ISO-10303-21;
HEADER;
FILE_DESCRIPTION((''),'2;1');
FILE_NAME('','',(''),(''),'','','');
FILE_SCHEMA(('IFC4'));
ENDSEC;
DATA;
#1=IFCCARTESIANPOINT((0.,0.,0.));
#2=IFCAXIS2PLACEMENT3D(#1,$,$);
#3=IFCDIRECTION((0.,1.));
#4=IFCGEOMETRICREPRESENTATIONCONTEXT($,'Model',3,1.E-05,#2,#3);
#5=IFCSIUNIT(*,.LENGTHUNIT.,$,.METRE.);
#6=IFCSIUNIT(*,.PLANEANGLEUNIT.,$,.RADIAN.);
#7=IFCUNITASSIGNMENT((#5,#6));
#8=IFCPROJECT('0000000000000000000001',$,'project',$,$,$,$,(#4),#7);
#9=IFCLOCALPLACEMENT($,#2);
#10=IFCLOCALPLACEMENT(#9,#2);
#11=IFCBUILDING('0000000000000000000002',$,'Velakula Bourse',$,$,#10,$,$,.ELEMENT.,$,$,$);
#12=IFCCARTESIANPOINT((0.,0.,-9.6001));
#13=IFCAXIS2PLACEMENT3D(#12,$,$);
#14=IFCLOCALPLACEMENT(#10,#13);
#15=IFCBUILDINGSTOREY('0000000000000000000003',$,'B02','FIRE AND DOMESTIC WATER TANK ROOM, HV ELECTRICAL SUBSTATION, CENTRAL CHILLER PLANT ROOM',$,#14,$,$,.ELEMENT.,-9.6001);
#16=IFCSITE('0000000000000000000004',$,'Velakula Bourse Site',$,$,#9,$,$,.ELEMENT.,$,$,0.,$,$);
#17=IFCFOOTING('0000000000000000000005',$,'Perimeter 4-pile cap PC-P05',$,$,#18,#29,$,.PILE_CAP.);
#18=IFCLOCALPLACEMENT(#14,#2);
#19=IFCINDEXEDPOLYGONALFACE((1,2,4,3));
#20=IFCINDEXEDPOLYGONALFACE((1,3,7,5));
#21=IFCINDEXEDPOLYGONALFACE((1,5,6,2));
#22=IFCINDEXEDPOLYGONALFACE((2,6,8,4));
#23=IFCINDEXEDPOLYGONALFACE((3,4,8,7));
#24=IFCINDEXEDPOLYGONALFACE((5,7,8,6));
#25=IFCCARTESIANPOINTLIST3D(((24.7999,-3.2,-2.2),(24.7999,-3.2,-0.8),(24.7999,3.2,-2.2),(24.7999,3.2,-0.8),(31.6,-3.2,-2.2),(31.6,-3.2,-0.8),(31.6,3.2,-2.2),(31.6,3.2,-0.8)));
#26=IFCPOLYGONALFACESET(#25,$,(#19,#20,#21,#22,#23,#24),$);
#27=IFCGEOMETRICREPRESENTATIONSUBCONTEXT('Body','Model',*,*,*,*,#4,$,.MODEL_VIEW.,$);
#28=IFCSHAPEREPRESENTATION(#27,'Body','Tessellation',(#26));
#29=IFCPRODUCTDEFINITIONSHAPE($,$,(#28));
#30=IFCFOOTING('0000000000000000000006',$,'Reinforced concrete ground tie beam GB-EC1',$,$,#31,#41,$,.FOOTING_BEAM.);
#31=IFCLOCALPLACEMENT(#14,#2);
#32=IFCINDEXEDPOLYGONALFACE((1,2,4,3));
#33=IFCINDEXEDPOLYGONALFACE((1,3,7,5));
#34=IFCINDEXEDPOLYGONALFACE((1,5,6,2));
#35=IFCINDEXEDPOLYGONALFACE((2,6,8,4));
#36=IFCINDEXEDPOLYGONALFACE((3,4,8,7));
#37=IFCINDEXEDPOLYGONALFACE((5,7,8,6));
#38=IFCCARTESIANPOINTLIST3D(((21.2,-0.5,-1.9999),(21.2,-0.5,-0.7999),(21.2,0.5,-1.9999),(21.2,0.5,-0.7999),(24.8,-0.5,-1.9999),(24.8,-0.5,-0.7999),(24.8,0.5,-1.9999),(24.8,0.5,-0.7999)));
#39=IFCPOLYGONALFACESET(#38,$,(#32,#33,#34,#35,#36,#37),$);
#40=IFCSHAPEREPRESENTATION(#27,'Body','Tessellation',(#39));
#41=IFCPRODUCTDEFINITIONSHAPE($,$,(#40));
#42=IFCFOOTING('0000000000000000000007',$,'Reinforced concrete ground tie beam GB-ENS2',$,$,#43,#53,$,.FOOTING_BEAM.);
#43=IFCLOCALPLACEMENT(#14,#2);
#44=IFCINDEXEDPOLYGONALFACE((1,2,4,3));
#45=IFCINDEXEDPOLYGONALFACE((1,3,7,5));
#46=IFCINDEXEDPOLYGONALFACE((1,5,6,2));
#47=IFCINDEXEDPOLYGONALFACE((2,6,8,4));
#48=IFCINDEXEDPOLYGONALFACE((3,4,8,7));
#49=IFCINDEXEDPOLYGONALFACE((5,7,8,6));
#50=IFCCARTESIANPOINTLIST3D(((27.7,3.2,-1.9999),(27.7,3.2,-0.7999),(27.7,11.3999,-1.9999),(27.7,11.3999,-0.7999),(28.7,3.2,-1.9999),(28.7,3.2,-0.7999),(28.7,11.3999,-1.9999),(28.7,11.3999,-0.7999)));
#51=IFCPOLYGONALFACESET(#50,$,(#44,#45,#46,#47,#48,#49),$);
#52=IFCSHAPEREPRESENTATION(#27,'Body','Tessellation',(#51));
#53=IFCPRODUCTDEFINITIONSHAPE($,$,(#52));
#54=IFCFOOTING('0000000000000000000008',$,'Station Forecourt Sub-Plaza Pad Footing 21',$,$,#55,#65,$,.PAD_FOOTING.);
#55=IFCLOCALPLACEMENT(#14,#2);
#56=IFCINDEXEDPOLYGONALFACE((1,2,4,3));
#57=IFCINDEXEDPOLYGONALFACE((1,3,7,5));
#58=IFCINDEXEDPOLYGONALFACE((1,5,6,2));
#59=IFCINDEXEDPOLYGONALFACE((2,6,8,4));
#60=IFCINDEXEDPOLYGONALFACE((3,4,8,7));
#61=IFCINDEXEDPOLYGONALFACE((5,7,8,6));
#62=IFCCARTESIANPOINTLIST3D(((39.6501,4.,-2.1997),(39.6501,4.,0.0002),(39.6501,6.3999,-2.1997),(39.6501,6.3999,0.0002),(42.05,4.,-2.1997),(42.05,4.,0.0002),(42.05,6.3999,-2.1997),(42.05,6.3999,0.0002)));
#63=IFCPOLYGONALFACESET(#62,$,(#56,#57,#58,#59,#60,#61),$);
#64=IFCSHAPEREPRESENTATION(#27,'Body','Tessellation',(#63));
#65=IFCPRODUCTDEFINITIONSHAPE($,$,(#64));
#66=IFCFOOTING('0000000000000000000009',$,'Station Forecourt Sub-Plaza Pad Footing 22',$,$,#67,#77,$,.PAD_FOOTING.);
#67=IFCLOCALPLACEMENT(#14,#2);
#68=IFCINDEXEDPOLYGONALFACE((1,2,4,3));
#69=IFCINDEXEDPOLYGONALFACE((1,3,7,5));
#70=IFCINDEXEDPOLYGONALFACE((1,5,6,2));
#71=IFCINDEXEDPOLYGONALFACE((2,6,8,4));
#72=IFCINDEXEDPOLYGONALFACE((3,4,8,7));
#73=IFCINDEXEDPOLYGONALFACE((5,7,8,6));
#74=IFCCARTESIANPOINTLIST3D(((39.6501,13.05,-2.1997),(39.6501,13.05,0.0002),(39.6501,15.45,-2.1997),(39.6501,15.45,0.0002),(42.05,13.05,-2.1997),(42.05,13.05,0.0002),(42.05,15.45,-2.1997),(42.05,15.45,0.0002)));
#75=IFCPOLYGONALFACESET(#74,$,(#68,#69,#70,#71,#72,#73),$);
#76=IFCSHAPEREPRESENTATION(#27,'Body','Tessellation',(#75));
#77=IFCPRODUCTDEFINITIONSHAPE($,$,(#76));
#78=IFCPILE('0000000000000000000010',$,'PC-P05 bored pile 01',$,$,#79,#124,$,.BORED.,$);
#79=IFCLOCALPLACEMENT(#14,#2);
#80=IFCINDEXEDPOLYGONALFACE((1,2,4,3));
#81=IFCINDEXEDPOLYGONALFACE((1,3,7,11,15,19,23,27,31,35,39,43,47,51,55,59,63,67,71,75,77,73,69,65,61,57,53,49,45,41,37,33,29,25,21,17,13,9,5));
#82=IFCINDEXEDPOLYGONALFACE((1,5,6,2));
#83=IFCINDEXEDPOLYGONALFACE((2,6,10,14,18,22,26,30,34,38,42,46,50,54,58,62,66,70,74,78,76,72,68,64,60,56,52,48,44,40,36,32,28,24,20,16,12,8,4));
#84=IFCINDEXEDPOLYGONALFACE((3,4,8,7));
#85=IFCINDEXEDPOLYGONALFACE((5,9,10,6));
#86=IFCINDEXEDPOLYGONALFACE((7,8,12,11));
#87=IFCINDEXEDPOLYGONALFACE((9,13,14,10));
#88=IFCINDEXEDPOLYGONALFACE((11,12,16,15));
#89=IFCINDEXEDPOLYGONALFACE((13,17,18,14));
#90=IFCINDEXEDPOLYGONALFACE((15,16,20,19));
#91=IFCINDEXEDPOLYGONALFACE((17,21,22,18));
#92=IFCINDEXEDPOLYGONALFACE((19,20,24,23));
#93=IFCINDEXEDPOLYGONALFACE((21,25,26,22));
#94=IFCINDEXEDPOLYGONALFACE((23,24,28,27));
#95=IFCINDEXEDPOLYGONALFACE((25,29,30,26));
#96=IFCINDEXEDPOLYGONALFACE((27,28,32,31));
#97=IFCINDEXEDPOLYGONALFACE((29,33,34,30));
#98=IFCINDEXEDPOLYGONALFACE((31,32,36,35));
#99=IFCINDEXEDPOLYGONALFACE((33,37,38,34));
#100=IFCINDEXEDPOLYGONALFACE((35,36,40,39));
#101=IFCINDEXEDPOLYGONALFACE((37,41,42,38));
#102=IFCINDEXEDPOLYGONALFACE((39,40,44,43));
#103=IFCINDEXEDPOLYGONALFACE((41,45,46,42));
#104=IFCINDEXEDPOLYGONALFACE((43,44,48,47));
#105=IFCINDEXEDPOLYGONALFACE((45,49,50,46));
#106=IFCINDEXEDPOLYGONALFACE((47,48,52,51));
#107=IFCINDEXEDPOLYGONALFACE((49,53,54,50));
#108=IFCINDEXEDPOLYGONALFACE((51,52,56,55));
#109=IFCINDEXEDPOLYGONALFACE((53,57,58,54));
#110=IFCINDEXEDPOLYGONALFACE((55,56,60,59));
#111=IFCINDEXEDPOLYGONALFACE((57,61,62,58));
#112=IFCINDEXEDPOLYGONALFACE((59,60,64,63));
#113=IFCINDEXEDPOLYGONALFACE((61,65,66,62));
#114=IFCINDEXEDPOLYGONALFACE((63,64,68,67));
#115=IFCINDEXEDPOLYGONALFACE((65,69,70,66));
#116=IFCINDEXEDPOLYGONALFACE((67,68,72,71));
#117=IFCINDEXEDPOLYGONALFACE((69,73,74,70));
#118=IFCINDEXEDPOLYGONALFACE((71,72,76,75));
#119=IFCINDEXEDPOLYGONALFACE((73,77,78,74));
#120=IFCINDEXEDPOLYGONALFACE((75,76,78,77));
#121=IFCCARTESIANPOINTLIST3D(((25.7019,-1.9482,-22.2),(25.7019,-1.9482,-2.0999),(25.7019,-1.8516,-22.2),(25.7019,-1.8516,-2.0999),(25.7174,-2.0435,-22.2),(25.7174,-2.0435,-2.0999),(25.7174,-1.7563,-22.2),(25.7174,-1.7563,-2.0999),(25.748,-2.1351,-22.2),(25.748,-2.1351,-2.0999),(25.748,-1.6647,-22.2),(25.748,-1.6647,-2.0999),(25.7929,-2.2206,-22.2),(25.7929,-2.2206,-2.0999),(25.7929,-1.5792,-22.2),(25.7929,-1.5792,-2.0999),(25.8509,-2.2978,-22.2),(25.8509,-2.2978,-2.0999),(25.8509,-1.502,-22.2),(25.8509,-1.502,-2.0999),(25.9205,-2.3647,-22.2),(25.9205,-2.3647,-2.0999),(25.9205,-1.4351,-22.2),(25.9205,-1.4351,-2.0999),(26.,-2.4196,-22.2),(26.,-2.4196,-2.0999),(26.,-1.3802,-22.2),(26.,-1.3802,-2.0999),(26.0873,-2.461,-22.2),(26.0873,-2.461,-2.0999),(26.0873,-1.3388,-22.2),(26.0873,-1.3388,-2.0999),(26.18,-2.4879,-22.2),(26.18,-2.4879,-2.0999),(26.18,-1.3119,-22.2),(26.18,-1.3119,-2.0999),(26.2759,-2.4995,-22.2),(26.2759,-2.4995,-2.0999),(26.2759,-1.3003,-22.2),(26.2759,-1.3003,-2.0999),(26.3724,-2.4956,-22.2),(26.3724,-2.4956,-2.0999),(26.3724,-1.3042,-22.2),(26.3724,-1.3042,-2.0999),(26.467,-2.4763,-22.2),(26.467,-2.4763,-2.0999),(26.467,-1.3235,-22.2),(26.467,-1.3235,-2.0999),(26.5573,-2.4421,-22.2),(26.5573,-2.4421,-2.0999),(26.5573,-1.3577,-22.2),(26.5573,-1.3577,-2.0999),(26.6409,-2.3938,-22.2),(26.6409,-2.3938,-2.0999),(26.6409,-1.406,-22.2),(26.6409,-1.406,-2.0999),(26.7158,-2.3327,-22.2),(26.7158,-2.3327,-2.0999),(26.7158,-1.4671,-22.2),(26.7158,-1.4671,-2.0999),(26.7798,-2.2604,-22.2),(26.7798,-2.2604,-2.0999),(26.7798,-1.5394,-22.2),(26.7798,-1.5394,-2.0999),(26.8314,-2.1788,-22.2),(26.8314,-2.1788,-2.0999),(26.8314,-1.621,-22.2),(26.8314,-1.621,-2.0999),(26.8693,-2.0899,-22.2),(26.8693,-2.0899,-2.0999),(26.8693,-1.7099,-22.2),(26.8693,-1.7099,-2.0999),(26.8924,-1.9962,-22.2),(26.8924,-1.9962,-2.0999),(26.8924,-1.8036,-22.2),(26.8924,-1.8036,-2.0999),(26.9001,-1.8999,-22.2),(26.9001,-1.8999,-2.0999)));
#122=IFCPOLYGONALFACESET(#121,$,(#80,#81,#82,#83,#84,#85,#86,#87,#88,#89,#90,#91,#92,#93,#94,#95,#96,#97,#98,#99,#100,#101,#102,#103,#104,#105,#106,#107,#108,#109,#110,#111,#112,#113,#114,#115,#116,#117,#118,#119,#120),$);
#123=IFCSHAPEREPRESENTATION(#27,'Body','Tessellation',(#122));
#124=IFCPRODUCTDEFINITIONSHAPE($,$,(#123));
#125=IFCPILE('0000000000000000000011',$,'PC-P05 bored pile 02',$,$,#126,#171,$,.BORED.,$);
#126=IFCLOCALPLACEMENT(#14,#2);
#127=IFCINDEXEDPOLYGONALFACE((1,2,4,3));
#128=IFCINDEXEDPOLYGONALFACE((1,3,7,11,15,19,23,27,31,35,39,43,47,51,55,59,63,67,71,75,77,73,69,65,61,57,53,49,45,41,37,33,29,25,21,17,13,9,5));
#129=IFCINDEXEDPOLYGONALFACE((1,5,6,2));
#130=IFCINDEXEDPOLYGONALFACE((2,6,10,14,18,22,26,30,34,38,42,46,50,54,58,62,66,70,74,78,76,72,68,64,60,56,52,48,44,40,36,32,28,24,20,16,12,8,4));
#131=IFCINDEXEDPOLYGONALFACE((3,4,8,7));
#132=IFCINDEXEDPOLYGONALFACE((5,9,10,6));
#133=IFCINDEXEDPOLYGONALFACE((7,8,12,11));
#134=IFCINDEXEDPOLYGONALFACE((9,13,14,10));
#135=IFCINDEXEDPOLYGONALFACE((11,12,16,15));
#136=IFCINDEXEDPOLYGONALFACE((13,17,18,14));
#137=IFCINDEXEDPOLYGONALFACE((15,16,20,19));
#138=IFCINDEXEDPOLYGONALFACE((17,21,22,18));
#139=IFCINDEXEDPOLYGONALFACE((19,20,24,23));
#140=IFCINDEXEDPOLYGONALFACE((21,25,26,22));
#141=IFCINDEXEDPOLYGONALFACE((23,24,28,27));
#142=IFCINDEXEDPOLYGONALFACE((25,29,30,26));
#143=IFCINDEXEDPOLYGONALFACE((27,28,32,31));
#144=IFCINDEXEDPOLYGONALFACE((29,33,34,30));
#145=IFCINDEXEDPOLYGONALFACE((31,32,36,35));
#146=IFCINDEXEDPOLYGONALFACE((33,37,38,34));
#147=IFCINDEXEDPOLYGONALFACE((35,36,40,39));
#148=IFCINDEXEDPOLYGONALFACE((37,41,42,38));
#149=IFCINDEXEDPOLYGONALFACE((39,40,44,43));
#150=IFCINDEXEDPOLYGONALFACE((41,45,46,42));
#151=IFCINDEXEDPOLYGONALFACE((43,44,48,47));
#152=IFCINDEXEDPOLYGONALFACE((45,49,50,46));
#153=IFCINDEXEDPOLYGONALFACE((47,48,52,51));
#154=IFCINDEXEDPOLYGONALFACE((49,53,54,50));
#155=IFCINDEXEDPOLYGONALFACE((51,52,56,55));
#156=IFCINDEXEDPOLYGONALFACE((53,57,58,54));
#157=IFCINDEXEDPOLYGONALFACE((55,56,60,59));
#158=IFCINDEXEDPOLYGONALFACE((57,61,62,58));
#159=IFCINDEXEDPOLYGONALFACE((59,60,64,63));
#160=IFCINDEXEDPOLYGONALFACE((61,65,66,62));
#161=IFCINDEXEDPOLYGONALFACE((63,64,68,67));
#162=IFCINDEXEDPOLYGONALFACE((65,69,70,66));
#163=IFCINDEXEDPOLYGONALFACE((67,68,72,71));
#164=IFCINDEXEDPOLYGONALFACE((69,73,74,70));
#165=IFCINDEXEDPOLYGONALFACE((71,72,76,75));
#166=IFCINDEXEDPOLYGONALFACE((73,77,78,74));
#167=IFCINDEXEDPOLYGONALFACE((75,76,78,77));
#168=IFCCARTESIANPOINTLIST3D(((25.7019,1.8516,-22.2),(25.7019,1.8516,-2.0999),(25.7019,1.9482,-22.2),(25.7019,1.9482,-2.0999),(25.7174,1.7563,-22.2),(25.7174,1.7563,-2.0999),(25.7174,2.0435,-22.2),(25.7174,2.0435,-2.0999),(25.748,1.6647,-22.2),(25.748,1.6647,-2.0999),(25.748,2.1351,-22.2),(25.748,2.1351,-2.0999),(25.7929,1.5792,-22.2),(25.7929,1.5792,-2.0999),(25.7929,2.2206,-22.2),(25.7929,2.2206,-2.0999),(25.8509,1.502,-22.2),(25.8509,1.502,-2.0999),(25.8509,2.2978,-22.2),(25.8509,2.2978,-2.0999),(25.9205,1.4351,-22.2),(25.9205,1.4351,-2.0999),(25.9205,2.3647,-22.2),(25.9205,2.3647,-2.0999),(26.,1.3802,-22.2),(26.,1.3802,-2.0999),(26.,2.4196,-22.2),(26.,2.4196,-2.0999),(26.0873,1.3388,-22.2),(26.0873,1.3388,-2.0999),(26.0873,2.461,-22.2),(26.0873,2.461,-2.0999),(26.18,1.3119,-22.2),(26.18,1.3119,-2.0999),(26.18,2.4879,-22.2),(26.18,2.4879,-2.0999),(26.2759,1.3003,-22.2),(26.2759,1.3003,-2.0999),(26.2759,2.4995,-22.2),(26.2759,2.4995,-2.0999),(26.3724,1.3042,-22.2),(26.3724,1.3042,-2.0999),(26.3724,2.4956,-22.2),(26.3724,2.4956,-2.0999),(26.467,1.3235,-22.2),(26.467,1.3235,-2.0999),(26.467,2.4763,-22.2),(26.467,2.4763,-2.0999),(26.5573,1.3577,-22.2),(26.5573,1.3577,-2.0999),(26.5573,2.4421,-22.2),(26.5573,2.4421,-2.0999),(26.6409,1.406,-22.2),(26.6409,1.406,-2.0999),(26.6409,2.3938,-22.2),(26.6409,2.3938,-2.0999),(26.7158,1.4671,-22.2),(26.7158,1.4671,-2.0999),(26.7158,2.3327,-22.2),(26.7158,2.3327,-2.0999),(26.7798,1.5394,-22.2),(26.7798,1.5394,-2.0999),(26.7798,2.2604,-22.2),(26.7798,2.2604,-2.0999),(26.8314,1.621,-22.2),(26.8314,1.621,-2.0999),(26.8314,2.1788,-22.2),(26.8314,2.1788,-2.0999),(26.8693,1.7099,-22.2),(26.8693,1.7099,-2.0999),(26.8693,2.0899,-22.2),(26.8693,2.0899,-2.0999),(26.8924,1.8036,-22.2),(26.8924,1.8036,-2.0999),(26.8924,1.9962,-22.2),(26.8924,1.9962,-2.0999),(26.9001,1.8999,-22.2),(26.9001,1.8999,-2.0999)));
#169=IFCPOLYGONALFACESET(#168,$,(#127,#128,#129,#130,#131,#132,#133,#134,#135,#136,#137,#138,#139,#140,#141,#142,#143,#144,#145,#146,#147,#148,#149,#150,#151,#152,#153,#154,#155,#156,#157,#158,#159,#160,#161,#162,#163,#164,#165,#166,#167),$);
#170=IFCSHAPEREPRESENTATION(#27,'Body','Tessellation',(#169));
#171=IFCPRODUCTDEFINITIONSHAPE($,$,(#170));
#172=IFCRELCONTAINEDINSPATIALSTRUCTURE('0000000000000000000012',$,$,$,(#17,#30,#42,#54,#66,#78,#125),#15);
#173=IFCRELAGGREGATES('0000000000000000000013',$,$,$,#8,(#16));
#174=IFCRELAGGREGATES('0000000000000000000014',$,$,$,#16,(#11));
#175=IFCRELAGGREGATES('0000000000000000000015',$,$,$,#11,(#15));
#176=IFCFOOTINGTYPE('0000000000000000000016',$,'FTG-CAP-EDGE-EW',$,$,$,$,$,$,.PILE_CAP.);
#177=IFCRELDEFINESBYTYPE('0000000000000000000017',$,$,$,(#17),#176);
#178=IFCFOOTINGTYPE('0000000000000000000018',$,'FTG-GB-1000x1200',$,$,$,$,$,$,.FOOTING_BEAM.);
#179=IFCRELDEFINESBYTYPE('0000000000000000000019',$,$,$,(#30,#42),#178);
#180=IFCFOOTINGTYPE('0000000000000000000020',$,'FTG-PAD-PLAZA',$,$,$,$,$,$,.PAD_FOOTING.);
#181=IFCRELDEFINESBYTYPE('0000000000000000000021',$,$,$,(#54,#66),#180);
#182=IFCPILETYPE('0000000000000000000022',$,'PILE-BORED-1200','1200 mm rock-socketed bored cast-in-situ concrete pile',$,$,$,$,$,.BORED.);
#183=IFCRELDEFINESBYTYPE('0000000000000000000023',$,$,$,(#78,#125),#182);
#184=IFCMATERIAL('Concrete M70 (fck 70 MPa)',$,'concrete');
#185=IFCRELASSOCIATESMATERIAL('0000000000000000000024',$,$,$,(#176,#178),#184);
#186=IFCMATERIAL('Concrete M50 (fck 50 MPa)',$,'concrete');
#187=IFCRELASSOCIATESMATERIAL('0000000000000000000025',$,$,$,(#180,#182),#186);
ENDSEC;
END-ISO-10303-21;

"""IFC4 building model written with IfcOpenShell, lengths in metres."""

from ifc_helpers import new_model, si_unit, direction, frame, origin, origin_2d, place, context, subcontext, project, spatial, rectangle, circle, extrude, material, material_profile, profile_set, type_object, element, save


model = new_model("IFC4")

# Units and contexts
model_context = context("Model", 3, precision=1e-05, world=origin(), true_north=direction((0.0, 1.0)))
body_context = subcontext(model_context, "Body", "Model", "MODEL_VIEW")
ifc_project = project(units=[si_unit("LENGTHUNIT", "METRE"), si_unit("PLANEANGLEUNIT", "RADIAN")], contexts=[model_context])

# Site, building, storey
site_placement = place(None, origin())
site = spatial("IfcSite", under=ifc_project, at=site_placement, Name="Velakula Bourse Site", CompositionType="ELEMENT", RefElevation=0.0)
building_placement = place(site_placement, origin())
building = spatial("IfcBuilding", under=site, at=building_placement, Name="Velakula Bourse", CompositionType="ELEMENT")
storey_placement = place(building_placement, frame((0.0, 0.0, -9.6001)))
storey = spatial("IfcBuildingStorey", under=building, at=storey_placement, Name="B02", Description="FIRE AND DOMESTIC WATER TANK ROOM, HV ELECTRICAL SUBSTATION, CENTRAL CHILLER PLANT ROOM", CompositionType="ELEMENT", Elevation=-9.6001)

# Footings
ifc_material_1 = material(Name="Concrete M70 (fck 70 MPa)", Category="concrete")
footing_type_1 = type_object("IfcFootingType", Name="FTG-CAP-EDGE-EW", PredefinedType="PILE_CAP", material=ifc_material_1)
footing_1_placement = place(storey_placement, frame((28.2, 0.0, -2.2), z_axis=(0.0, 0.0, 1.0), x_axis=(1.0, 0.0, 0.0)))
element("IfcFooting", 1, at=footing_1_placement, inside=storey, type_object=footing_type_1, Name="Perimeter 4-pile cap PC-P05", PredefinedType="PILE_CAP", context=body_context, shape_type="SweptSolid", body=[
    extrude(rectangle(XDim=6.8, YDim=6.3999, at=origin_2d()), origin(), (0.0, 0.0, 1.0), 1.3999),
])
ifc_material_profile_1 = material_profile(ifc_material_1, rectangle(XDim=1.0, YDim=1.2, at=origin_2d()), Name="Concrete M70 (fck 70 MPa)")
ifc_profile_set_1 = profile_set([ifc_material_profile_1], Name="Concrete M70 (fck 70 MPa)")
footing_type_2 = type_object("IfcFootingType", Name="FTG-GB-1000x1200", PredefinedType="FOOTING_BEAM", material=ifc_profile_set_1)
footing_2_placement = place(storey_placement, frame((21.2, 0.0, -1.3999), z_axis=(1.0, 0.0, 0.0), x_axis=(0.0, 1.0, 0.0)))
element("IfcFooting", 2, at=footing_2_placement, inside=storey, type_object=footing_type_2, Name="Reinforced concrete ground tie beam GB-EC1", PredefinedType="FOOTING_BEAM", context=body_context, shape_type="SweptSolid", body=[
    extrude(rectangle(XDim=1.0, YDim=1.2, at=origin_2d()), origin(), (0.0, 0.0, 1.0), 3.6001),
])
footing_3_placement = place(storey_placement, frame((28.2, 3.2, -1.3999), z_axis=(0.0, 1.0, 0.0), x_axis=(-1.0, 0.0, 0.0)))
element("IfcFooting", 3, at=footing_3_placement, inside=storey, type_object=footing_type_2, Name="Reinforced concrete ground tie beam GB-ENS2", PredefinedType="FOOTING_BEAM", context=body_context, shape_type="SweptSolid", body=[
    extrude(rectangle(XDim=1.0, YDim=1.2, at=origin_2d()), origin(), (0.0, 0.0, 1.0), 8.2),
])
ifc_material_2 = material(Name="Concrete M50 (fck 50 MPa)", Category="concrete")
footing_type_3 = type_object("IfcFootingType", Name="FTG-PAD-PLAZA", PredefinedType="PAD_FOOTING", material=ifc_material_2)
for number, where, z_axis, x_axis, name in (
    (4, (40.8501, 5.2, -2.1997), (0.0, 0.0, 1.0), (1.0, 0.0, 0.0), "Station Forecourt Sub-Plaza Pad Footing 21"),
    (5, (40.8501, 14.25, -2.1997), (0.0, 0.0, 1.0), (1.0, 0.0, 0.0), "Station Forecourt Sub-Plaza Pad Footing 22"),
):
    element("IfcFooting", number, at=place(storey_placement, frame(where, z_axis=z_axis, x_axis=x_axis)), inside=storey, type_object=footing_type_3, Name=name, PredefinedType="PAD_FOOTING", context=body_context, shape_type="SweptSolid", body=[
        extrude(rectangle(XDim=2.3999, YDim=2.3999, at=origin_2d()), origin(), (0.0, 0.0, 1.0), 2.2),
    ])

# Piles
ifc_material_profile_2 = material_profile(ifc_material_2, circle(Radius=0.6001, at=origin_2d()), Name="Concrete M50 (fck 50 MPa)")
ifc_profile_set_2 = profile_set([ifc_material_profile_2], Name="Concrete M50 (fck 50 MPa)")
pile_type_1 = type_object("IfcPileType", Name="PILE-BORED-1200", Description="1200 mm rock-socketed bored cast-in-situ concrete pile", PredefinedType="BORED", material=ifc_profile_set_2)
for number, where, z_axis, x_axis, name in (
    (6, (26.3, -1.8999, -2.0999), (0.0, 0.0, -1.0), (1.0, 0.0, 0.0), "PC-P05 bored pile 01"),
    (7, (26.3, 1.8999, -2.0999), (0.0, 0.0, -1.0), (1.0, 0.0, 0.0), "PC-P05 bored pile 02"),
):
    element("IfcPile", number, at=place(storey_placement, frame(where, z_axis=z_axis, x_axis=x_axis)), inside=storey, type_object=pile_type_1, Name=name, PredefinedType="BORED", context=body_context, shape_type="SweptSolid", body=[
        extrude(circle(Radius=0.6001, at=origin_2d()), origin(), (0.0, 0.0, 1.0), 20.1001),
    ])

save(model, "model.ifc")
